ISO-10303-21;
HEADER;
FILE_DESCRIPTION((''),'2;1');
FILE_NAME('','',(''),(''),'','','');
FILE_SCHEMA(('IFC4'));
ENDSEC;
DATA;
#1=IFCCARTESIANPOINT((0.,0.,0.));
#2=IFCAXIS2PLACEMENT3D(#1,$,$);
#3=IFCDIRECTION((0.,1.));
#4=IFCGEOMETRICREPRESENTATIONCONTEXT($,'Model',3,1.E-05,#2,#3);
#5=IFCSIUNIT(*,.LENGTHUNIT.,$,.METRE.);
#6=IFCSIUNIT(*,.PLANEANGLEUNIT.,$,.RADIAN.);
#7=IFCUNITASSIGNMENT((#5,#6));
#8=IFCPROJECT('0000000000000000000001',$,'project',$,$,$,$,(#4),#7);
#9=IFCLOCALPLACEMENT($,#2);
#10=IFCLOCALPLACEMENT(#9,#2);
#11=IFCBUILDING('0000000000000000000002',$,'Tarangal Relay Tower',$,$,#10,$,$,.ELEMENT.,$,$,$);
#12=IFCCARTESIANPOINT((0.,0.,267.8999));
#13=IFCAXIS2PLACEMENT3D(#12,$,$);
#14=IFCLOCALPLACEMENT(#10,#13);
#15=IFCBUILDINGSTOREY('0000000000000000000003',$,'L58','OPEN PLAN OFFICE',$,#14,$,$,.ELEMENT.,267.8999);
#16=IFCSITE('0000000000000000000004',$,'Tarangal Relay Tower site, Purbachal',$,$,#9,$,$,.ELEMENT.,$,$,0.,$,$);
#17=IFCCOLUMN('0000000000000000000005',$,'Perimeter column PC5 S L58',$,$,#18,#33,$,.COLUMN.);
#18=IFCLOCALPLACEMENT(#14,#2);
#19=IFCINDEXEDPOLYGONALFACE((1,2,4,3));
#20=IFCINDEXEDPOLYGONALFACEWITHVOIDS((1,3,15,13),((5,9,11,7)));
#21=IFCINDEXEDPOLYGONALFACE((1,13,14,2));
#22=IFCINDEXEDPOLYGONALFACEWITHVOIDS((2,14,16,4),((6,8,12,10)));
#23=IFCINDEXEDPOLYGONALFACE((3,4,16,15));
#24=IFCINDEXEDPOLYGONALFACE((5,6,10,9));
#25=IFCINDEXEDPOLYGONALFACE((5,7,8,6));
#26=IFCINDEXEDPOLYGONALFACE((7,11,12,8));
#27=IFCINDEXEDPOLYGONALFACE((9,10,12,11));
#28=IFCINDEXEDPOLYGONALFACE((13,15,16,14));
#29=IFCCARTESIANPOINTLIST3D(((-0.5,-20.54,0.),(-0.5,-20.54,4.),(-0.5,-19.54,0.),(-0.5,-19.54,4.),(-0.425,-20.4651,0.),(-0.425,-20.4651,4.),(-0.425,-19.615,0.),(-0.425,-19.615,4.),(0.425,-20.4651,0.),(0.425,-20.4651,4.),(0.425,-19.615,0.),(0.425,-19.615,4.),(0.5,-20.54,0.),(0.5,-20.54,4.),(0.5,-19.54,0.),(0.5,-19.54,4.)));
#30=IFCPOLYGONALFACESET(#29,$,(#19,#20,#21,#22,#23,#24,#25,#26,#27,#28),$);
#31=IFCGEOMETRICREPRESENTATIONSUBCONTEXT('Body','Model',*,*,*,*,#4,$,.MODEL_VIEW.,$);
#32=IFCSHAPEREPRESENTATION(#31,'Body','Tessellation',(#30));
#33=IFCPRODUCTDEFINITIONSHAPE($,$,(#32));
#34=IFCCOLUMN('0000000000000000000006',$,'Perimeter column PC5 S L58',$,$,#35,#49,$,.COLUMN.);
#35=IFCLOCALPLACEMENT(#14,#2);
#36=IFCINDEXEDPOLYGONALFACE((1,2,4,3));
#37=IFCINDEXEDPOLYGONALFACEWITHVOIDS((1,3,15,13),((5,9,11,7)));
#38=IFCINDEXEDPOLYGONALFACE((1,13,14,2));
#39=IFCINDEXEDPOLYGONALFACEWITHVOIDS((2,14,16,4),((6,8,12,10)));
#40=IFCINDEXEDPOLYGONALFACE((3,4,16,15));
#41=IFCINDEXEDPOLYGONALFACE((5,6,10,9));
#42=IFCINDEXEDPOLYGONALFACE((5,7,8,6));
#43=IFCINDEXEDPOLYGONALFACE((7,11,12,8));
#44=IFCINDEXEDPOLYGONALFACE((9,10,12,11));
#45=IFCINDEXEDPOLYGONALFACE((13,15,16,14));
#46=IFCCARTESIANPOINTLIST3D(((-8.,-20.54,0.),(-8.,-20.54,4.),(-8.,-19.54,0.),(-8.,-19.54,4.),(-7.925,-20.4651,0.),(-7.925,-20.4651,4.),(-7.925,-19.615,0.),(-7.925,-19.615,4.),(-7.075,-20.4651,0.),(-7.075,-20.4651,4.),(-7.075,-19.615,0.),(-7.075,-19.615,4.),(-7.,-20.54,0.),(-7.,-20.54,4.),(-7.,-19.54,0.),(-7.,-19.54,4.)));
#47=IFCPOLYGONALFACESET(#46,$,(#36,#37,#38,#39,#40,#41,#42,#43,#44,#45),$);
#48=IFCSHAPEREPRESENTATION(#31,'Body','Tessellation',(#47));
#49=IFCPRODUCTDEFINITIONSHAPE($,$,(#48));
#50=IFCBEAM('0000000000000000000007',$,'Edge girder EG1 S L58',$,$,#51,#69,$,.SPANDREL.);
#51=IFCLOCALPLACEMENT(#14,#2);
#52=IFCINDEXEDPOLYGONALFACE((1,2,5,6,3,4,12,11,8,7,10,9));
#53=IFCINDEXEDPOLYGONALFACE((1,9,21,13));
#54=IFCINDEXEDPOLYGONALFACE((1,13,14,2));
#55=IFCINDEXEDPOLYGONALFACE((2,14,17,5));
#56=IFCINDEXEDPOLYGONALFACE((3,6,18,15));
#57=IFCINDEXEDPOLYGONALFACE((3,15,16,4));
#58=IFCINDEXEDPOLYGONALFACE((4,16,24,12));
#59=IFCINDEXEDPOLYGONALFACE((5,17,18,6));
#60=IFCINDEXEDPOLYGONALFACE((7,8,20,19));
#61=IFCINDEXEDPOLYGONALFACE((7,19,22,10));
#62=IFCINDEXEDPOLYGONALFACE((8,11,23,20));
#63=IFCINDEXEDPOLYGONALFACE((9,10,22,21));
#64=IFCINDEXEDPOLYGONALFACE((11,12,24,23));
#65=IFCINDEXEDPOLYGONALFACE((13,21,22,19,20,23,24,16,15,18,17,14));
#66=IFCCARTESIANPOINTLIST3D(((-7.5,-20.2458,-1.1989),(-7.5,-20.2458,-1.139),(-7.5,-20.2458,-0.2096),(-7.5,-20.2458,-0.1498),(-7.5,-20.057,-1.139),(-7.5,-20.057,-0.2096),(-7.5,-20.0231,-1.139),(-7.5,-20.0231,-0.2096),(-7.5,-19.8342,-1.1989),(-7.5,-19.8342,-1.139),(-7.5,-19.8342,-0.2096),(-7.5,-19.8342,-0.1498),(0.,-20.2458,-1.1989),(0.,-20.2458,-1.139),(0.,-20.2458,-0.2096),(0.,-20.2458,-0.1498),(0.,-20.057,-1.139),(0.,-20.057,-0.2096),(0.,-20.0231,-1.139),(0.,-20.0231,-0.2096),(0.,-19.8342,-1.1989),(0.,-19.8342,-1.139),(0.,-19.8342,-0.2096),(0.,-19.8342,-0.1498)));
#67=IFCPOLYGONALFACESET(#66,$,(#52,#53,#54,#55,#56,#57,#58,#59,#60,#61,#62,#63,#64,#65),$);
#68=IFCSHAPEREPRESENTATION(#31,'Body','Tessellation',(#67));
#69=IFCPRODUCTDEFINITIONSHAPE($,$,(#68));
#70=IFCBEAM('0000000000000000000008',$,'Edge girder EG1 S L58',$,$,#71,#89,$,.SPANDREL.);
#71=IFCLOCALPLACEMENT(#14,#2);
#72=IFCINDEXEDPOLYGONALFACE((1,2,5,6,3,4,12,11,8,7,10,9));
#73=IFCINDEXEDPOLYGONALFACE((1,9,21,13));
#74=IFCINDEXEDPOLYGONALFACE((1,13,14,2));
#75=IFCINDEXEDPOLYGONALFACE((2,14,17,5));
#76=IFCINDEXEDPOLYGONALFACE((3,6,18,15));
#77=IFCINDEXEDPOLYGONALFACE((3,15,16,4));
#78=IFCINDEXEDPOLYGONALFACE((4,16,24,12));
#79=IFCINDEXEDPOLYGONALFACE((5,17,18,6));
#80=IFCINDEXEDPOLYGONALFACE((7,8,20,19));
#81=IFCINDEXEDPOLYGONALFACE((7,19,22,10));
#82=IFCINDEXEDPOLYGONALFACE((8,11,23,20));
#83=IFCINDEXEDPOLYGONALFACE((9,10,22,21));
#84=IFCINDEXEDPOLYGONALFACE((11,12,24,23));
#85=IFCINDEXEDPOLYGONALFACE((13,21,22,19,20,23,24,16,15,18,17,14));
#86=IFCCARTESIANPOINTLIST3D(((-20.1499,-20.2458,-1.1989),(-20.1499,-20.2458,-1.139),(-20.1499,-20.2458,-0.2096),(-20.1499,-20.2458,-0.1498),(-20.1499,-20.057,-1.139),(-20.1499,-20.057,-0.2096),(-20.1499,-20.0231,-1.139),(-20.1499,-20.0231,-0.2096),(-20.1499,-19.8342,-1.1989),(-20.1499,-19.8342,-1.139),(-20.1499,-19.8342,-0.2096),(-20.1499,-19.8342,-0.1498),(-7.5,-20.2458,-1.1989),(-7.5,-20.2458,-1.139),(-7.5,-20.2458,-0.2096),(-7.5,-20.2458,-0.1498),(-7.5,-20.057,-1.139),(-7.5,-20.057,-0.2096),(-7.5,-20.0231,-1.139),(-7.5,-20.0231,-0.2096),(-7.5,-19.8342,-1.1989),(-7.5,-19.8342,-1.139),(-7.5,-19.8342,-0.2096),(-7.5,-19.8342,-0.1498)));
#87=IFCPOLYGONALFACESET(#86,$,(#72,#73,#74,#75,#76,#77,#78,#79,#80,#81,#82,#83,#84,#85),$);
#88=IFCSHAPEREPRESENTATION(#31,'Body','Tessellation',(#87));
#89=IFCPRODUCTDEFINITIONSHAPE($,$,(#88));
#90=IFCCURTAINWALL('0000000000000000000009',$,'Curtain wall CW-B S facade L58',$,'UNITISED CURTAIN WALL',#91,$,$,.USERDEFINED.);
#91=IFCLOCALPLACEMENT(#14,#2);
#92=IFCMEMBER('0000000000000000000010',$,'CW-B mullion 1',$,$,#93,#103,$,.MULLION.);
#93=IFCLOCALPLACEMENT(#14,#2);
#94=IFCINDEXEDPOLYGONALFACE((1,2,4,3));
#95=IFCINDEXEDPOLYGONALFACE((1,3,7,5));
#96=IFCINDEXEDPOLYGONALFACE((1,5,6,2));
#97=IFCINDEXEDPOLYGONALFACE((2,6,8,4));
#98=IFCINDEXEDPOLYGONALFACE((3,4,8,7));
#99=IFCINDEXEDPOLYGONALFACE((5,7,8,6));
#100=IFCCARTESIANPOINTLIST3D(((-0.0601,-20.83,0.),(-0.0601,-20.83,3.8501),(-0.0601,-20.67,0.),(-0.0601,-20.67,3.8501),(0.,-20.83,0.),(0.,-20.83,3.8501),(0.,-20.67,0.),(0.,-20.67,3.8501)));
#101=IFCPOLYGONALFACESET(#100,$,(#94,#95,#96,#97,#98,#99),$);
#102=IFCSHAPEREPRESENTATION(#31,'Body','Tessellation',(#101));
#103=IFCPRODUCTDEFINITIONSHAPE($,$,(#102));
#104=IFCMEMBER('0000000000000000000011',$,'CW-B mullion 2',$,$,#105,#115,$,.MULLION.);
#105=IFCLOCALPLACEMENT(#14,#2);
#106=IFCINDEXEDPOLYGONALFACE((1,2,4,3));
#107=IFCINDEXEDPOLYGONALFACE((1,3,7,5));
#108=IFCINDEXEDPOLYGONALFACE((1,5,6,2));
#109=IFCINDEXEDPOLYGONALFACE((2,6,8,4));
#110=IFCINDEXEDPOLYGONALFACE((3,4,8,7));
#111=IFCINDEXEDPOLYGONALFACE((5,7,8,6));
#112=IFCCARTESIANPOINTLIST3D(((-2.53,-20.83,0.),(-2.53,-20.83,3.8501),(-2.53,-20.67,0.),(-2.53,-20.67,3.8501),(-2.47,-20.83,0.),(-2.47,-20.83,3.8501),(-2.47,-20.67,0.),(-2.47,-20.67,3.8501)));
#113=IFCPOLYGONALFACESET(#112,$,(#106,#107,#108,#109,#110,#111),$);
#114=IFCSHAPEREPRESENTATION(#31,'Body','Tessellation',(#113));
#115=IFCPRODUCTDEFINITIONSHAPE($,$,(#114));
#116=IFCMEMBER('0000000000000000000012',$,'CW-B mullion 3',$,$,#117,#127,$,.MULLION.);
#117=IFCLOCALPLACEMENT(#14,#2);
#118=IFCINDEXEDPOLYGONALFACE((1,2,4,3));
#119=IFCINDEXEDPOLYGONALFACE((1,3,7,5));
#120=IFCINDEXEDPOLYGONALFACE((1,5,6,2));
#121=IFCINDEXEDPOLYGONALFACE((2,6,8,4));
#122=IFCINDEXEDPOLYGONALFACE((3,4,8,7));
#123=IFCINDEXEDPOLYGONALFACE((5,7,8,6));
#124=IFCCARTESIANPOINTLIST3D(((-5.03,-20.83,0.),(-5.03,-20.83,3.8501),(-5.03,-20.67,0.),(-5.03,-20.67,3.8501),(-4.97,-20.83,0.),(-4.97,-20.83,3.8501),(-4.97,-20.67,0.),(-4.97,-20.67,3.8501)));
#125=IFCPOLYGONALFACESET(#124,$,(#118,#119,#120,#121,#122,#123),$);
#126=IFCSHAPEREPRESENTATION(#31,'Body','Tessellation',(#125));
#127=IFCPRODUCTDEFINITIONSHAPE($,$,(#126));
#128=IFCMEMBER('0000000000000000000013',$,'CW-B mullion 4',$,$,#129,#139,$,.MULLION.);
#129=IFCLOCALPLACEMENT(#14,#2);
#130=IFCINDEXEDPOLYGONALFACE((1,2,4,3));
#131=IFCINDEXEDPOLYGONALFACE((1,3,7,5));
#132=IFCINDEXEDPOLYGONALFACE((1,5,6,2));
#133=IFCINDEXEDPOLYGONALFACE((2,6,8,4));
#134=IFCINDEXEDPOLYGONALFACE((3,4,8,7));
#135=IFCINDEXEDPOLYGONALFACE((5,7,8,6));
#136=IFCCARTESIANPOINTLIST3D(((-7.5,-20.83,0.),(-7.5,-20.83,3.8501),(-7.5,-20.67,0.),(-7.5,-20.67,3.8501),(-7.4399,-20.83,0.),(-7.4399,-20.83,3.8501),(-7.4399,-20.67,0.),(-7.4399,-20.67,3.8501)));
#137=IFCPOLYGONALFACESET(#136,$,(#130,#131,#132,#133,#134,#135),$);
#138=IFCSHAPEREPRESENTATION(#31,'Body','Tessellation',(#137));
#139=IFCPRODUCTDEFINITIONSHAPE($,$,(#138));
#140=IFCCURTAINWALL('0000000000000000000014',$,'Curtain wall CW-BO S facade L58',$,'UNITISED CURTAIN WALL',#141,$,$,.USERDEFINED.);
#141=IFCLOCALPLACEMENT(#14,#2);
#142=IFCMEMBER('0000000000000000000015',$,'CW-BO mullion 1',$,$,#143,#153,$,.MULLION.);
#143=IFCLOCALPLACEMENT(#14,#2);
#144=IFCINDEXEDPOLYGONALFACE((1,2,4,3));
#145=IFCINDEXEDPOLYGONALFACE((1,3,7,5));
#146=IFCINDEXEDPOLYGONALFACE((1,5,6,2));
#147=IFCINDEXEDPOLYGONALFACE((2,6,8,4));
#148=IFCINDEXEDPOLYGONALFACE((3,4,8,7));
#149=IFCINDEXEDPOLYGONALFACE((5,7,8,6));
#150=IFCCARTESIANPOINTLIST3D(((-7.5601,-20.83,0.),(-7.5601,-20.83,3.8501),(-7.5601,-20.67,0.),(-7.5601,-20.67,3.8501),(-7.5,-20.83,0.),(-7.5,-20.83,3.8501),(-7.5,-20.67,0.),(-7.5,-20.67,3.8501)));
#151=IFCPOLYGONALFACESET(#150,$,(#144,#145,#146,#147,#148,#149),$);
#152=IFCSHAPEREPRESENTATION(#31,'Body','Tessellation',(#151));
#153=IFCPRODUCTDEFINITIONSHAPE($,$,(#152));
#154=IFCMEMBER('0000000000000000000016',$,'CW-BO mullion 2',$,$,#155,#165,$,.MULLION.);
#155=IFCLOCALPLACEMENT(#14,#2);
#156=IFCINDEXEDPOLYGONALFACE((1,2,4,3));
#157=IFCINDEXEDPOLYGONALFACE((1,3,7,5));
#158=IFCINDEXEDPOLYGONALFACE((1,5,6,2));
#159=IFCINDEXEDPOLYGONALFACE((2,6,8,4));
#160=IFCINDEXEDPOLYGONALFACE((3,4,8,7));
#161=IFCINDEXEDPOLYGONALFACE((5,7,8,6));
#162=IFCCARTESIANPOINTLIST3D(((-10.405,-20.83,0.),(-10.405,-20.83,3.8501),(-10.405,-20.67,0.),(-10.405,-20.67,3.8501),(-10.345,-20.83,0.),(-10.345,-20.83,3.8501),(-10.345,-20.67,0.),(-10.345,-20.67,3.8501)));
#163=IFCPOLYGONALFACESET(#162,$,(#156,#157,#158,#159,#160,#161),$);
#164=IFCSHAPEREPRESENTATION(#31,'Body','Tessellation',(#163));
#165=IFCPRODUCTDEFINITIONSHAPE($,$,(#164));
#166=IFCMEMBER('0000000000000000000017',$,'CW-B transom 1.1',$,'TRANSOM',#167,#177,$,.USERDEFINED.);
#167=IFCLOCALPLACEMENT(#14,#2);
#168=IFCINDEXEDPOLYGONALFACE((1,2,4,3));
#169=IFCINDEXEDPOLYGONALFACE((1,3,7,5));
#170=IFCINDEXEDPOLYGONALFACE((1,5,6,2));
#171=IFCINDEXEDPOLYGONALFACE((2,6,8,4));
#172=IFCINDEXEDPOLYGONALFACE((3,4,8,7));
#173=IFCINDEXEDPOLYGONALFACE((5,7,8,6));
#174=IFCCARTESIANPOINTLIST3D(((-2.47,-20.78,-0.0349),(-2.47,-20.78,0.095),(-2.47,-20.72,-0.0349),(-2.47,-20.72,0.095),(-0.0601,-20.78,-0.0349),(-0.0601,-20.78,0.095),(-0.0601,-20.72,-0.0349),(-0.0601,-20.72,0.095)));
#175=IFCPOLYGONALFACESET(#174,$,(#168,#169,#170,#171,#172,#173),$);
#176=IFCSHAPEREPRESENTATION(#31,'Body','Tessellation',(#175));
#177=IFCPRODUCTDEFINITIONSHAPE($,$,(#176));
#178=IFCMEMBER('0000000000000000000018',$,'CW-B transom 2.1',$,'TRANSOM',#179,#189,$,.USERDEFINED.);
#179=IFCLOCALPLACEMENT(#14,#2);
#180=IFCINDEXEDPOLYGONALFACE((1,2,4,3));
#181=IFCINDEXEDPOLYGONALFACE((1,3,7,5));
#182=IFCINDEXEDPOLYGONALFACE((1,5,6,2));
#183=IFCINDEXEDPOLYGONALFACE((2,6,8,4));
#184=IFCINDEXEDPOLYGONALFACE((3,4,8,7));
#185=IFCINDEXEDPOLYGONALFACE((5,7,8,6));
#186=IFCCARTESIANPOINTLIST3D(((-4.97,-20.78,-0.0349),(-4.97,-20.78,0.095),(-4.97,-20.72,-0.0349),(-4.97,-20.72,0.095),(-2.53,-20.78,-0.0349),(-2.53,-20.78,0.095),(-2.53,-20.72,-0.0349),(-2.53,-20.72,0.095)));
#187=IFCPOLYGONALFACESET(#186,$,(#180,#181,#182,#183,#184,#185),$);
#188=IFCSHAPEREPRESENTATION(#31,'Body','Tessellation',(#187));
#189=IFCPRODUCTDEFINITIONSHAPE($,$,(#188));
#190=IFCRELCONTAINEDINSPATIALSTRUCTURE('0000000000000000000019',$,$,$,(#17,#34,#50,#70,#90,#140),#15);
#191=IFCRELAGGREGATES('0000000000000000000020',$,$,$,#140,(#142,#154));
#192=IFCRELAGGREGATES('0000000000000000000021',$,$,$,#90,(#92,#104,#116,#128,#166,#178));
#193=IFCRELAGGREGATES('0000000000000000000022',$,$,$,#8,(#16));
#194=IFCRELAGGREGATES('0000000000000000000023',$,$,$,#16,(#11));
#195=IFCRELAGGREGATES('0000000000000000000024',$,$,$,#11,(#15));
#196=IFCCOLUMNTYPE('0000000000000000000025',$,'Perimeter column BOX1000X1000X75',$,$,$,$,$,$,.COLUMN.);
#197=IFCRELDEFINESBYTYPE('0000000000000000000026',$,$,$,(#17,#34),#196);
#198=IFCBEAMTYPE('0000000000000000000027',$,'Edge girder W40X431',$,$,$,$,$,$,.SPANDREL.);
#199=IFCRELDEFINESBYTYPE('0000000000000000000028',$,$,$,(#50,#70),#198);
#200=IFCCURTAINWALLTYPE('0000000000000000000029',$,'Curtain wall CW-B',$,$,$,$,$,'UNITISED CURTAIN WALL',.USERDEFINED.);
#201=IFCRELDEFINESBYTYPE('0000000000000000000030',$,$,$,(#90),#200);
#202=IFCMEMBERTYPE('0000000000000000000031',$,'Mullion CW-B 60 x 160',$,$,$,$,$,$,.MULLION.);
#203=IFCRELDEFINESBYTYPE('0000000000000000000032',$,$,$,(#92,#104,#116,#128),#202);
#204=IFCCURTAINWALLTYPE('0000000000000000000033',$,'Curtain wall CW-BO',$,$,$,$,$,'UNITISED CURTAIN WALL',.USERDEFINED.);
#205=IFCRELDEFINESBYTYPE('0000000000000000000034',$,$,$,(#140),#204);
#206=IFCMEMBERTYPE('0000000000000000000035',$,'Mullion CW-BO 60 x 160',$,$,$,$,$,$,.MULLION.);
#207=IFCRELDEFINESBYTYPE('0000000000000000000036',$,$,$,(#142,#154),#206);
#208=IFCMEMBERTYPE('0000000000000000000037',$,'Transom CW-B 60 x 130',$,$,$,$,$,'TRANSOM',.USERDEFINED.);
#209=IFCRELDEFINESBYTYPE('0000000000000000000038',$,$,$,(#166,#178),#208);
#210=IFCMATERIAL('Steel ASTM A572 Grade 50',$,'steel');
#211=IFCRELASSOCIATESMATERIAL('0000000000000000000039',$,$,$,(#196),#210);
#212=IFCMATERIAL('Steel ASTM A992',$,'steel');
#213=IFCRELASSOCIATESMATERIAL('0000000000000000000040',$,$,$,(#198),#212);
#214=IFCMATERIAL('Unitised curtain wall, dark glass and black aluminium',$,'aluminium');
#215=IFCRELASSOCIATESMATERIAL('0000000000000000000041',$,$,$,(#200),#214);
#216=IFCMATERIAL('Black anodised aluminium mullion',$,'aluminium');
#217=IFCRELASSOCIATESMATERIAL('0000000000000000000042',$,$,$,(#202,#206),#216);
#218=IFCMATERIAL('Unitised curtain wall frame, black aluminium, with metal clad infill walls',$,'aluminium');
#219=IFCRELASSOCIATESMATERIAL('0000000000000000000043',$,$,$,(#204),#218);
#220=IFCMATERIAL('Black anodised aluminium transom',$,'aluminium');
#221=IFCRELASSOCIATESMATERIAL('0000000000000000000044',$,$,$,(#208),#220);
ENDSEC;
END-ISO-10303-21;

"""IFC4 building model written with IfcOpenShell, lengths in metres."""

from ifc_helpers import new_model, si_unit, direction, frame, origin, origin_2d, place, context, subcontext, project, spatial, rectangle, hollow_rectangle, i_section, extrude, material, material_profile, profile_set, type_object, element, aggregate, save


model = new_model("IFC4")

# Units and contexts
model_context = context("Model", 3, precision=1e-05, world=origin(), true_north=direction((0.0, 1.0)))
body_context = subcontext(model_context, "Body", "Model", "MODEL_VIEW")
ifc_project = project(units=[si_unit("LENGTHUNIT", "METRE"), si_unit("PLANEANGLEUNIT", "RADIAN")], contexts=[model_context])

# Site, building, storey
site_placement = place(None, origin())
site = spatial("IfcSite", under=ifc_project, at=site_placement, Name="Tarangal Relay Tower site, Purbachal", CompositionType="ELEMENT", RefElevation=0.0)
building_placement = place(site_placement, origin())
building = spatial("IfcBuilding", under=site, at=building_placement, Name="Tarangal Relay Tower", CompositionType="ELEMENT")
storey_placement = place(building_placement, frame((0.0, 0.0, 267.8999)))
storey = spatial("IfcBuildingStorey", under=building, at=storey_placement, Name="L58", Description="OPEN PLAN OFFICE", CompositionType="ELEMENT", Elevation=267.8999)

# Columns
ifc_material_1 = material(Name="Steel ASTM A572 Grade 50", Category="steel")
ifc_material_profile_1 = material_profile(ifc_material_1, hollow_rectangle(XDim=1.0, YDim=1.0, WallThickness=0.075, at=origin_2d()), Name="BOX1000X1000X75")
ifc_profile_set_1 = profile_set([ifc_material_profile_1], Name="Steel ASTM A572 Grade 50")
column_type = type_object("IfcColumnType", Name="Perimeter column BOX1000X1000X75", PredefinedType="COLUMN", material=ifc_profile_set_1)
for number, where, z_axis, x_axis, name in (
    (1, (0.0, -20.04, 0.0), (0.0, 0.0, 1.0), (1.0, 0.0, 0.0), "Perimeter column PC5 S L58"),
    (2, (-7.5, -20.04, 0.0), (0.0, 0.0, 1.0), (1.0, 0.0, 0.0), "Perimeter column PC5 S L58"),
):
    element("IfcColumn", number, at=place(storey_placement, frame(where, z_axis=z_axis, x_axis=x_axis)), inside=storey, type_object=column_type, Name=name, PredefinedType="COLUMN", context=body_context, shape_type="SweptSolid", body=[
        extrude(hollow_rectangle(XDim=1.0, YDim=1.0, WallThickness=0.075, at=origin_2d()), origin(), (0.0, 0.0, 1.0), 4.0),
    ])

# Beams
ifc_material_2 = material(Name="Steel ASTM A992", Category="steel")
ifc_material_profile_2 = material_profile(ifc_material_2, i_section(OverallWidth=0.4116, OverallDepth=1.0491, WebThickness=0.0339, FlangeThickness=0.0598, at=origin_2d()), Name="W40X431")
ifc_profile_set_2 = profile_set([ifc_material_profile_2], Name="Steel ASTM A992")
beam_type = type_object("IfcBeamType", Name="Edge girder W40X431", PredefinedType="SPANDREL", material=ifc_profile_set_2)
beam_1_placement = place(storey_placement, frame((0.0, -20.04, -0.6743), z_axis=(-1.0, 0.0, 0.0), x_axis=(0.0, -1.0, 0.0)))
element("IfcBeam", 3, at=beam_1_placement, inside=storey, type_object=beam_type, Name="Edge girder EG1 S L58", PredefinedType="SPANDREL", context=body_context, shape_type="SweptSolid", body=[
    extrude(i_section(OverallWidth=0.4116, OverallDepth=1.0491, WebThickness=0.0339, FlangeThickness=0.0598, at=origin_2d()), origin(), (0.0, 0.0, 1.0), 7.5),
])
beam_2_placement = place(storey_placement, frame((-7.5, -20.04, -0.6743), z_axis=(-1.0, 0.0, 0.0), x_axis=(0.0, -1.0, 0.0)))
element("IfcBeam", 4, at=beam_2_placement, inside=storey, type_object=beam_type, Name="Edge girder EG1 S L58", PredefinedType="SPANDREL", context=body_context, shape_type="SweptSolid", body=[
    extrude(i_section(OverallWidth=0.4116, OverallDepth=1.0491, WebThickness=0.0339, FlangeThickness=0.0598, at=origin_2d()), origin(), (0.0, 0.0, 1.0), 12.6499),
])

# Curtain walls, members
ifc_material_3 = material(Name="Unitised curtain wall, dark glass and black aluminium", Category="aluminium")
curtain_wall_type_1 = type_object("IfcCurtainWallType", Name="Curtain wall CW-B", ElementType="UNITISED CURTAIN WALL", PredefinedType="USERDEFINED", material=ifc_material_3)
curtain_wall_1_placement = place(storey_placement, origin())
curtain_wall_1 = element("IfcCurtainWall", 5, at=curtain_wall_1_placement, inside=storey, type_object=curtain_wall_type_1, Name="Curtain wall CW-B S facade L58", ObjectType="UNITISED CURTAIN WALL", PredefinedType="USERDEFINED")
ifc_material_4 = material(Name="Black anodised aluminium mullion", Category="aluminium")
ifc_material_profile_3 = material_profile(ifc_material_4, rectangle(XDim=0.1599, YDim=0.0601, at=origin_2d()), Name="CW-BM 60X160")
ifc_profile_set_3 = profile_set([ifc_material_profile_3], Name="Black anodised aluminium mullion")
member_type_1 = type_object("IfcMemberType", Name="Mullion CW-B 60 x 160", PredefinedType="MULLION", material=ifc_profile_set_3)
member_1_placement = place(storey_placement, frame((-0.03, -20.75, 0.0), z_axis=(0.0, 0.0, 1.0), x_axis=(0.0, -1.0, 0.0)))
member_1 = element("IfcMember", 6, at=member_1_placement, type_object=member_type_1, Name="CW-B mullion 1", PredefinedType="MULLION", context=body_context, shape_type="SweptSolid", body=[
    extrude(rectangle(XDim=0.1599, YDim=0.0601, at=origin_2d()), origin(), (0.0, 0.0, 1.0), 3.8501),
])
member_2_placement = place(storey_placement, frame((-2.5, -20.75, 0.0), z_axis=(0.0, 0.0, 1.0), x_axis=(0.0, -1.0, 0.0)))
member_2 = element("IfcMember", 7, at=member_2_placement, type_object=member_type_1, Name="CW-B mullion 2", PredefinedType="MULLION", context=body_context, shape_type="SweptSolid", body=[
    extrude(rectangle(XDim=0.1599, YDim=0.0601, at=origin_2d()), origin(), (0.0, 0.0, 1.0), 3.8501),
])
member_3_placement = place(storey_placement, frame((-5.0, -20.75, 0.0), z_axis=(0.0, 0.0, 1.0), x_axis=(0.0, -1.0, 0.0)))
member_3 = element("IfcMember", 8, at=member_3_placement, type_object=member_type_1, Name="CW-B mullion 3", PredefinedType="MULLION", context=body_context, shape_type="SweptSolid", body=[
    extrude(rectangle(XDim=0.1599, YDim=0.0601, at=origin_2d()), origin(), (0.0, 0.0, 1.0), 3.8501),
])
member_4_placement = place(storey_placement, frame((-7.47, -20.75, 0.0), z_axis=(0.0, 0.0, 1.0), x_axis=(0.0, -1.0, 0.0)))
member_4 = element("IfcMember", 9, at=member_4_placement, type_object=member_type_1, Name="CW-B mullion 4", PredefinedType="MULLION", context=body_context, shape_type="SweptSolid", body=[
    extrude(rectangle(XDim=0.1599, YDim=0.0601, at=origin_2d()), origin(), (0.0, 0.0, 1.0), 3.8501),
])
ifc_material_5 = material(Name="Unitised curtain wall frame, black aluminium, with metal clad infill walls", Category="aluminium")
curtain_wall_type_2 = type_object("IfcCurtainWallType", Name="Curtain wall CW-BO", ElementType="UNITISED CURTAIN WALL", PredefinedType="USERDEFINED", material=ifc_material_5)
curtain_wall_2_placement = place(storey_placement, origin())
curtain_wall_2 = element("IfcCurtainWall", 10, at=curtain_wall_2_placement, inside=storey, type_object=curtain_wall_type_2, Name="Curtain wall CW-BO S facade L58", ObjectType="UNITISED CURTAIN WALL", PredefinedType="USERDEFINED")
ifc_material_profile_4 = material_profile(ifc_material_4, rectangle(XDim=0.1599, YDim=0.0601, at=origin_2d()), Name="CW-BOM 60X160")
ifc_profile_set_4 = profile_set([ifc_material_profile_4], Name="Black anodised aluminium mullion")
member_type_2 = type_object("IfcMemberType", Name="Mullion CW-BO 60 x 160", PredefinedType="MULLION", material=ifc_profile_set_4)
member_5_placement = place(storey_placement, frame((-7.53, -20.75, 0.0), z_axis=(0.0, 0.0, 1.0), x_axis=(0.0, -1.0, 0.0)))
member_5 = element("IfcMember", 11, at=member_5_placement, type_object=member_type_2, Name="CW-BO mullion 1", PredefinedType="MULLION", context=body_context, shape_type="SweptSolid", body=[
    extrude(rectangle(XDim=0.1599, YDim=0.0601, at=origin_2d()), origin(), (0.0, 0.0, 1.0), 3.8501),
])
member_6_placement = place(storey_placement, frame((-10.375, -20.75, 0.0), z_axis=(0.0, 0.0, 1.0), x_axis=(0.0, -1.0, 0.0)))
member_6 = element("IfcMember", 12, at=member_6_placement, type_object=member_type_2, Name="CW-BO mullion 2", PredefinedType="MULLION", context=body_context, shape_type="SweptSolid", body=[
    extrude(rectangle(XDim=0.1599, YDim=0.0601, at=origin_2d()), origin(), (0.0, 0.0, 1.0), 3.8501),
])

# Members
ifc_material_6 = material(Name="Black anodised aluminium transom", Category="aluminium")
ifc_material_profile_5 = material_profile(ifc_material_6, rectangle(XDim=0.0601, YDim=0.1299, at=origin_2d()), Name="CW-BT 60X130")
ifc_profile_set_5 = profile_set([ifc_material_profile_5], Name="Black anodised aluminium transom")
member_type_3 = type_object("IfcMemberType", Name="Transom CW-B 60 x 130", ElementType="TRANSOM", PredefinedType="USERDEFINED", material=ifc_profile_set_5)
member_7_placement = place(storey_placement, frame((-0.0601, -20.75, 0.03), z_axis=(-1.0, 0.0, 0.0), x_axis=(0.0, -1.0, 0.0)))
member_7 = element("IfcMember", 13, at=member_7_placement, type_object=member_type_3, Name="CW-B transom 1.1", ObjectType="TRANSOM", PredefinedType="USERDEFINED", context=body_context, shape_type="SweptSolid", body=[
    extrude(rectangle(XDim=0.0601, YDim=0.1299, at=origin_2d()), origin(), (0.0, 0.0, 1.0), 2.4099),
])
member_8_placement = place(storey_placement, frame((-2.53, -20.75, 0.03), z_axis=(-1.0, 0.0, 0.0), x_axis=(0.0, -1.0, 0.0)))
member_8 = element("IfcMember", 14, at=member_8_placement, type_object=member_type_3, Name="CW-B transom 2.1", ObjectType="TRANSOM", PredefinedType="USERDEFINED", context=body_context, shape_type="SweptSolid", body=[
    extrude(rectangle(XDim=0.0601, YDim=0.1299, at=origin_2d()), origin(), (0.0, 0.0, 1.0), 2.4399),
])
aggregate(curtain_wall_2, [member_5, member_6])

aggregate(curtain_wall_1, [member_1, member_2, member_3, member_4, member_7, member_8])

save(model, "model.ifc")
